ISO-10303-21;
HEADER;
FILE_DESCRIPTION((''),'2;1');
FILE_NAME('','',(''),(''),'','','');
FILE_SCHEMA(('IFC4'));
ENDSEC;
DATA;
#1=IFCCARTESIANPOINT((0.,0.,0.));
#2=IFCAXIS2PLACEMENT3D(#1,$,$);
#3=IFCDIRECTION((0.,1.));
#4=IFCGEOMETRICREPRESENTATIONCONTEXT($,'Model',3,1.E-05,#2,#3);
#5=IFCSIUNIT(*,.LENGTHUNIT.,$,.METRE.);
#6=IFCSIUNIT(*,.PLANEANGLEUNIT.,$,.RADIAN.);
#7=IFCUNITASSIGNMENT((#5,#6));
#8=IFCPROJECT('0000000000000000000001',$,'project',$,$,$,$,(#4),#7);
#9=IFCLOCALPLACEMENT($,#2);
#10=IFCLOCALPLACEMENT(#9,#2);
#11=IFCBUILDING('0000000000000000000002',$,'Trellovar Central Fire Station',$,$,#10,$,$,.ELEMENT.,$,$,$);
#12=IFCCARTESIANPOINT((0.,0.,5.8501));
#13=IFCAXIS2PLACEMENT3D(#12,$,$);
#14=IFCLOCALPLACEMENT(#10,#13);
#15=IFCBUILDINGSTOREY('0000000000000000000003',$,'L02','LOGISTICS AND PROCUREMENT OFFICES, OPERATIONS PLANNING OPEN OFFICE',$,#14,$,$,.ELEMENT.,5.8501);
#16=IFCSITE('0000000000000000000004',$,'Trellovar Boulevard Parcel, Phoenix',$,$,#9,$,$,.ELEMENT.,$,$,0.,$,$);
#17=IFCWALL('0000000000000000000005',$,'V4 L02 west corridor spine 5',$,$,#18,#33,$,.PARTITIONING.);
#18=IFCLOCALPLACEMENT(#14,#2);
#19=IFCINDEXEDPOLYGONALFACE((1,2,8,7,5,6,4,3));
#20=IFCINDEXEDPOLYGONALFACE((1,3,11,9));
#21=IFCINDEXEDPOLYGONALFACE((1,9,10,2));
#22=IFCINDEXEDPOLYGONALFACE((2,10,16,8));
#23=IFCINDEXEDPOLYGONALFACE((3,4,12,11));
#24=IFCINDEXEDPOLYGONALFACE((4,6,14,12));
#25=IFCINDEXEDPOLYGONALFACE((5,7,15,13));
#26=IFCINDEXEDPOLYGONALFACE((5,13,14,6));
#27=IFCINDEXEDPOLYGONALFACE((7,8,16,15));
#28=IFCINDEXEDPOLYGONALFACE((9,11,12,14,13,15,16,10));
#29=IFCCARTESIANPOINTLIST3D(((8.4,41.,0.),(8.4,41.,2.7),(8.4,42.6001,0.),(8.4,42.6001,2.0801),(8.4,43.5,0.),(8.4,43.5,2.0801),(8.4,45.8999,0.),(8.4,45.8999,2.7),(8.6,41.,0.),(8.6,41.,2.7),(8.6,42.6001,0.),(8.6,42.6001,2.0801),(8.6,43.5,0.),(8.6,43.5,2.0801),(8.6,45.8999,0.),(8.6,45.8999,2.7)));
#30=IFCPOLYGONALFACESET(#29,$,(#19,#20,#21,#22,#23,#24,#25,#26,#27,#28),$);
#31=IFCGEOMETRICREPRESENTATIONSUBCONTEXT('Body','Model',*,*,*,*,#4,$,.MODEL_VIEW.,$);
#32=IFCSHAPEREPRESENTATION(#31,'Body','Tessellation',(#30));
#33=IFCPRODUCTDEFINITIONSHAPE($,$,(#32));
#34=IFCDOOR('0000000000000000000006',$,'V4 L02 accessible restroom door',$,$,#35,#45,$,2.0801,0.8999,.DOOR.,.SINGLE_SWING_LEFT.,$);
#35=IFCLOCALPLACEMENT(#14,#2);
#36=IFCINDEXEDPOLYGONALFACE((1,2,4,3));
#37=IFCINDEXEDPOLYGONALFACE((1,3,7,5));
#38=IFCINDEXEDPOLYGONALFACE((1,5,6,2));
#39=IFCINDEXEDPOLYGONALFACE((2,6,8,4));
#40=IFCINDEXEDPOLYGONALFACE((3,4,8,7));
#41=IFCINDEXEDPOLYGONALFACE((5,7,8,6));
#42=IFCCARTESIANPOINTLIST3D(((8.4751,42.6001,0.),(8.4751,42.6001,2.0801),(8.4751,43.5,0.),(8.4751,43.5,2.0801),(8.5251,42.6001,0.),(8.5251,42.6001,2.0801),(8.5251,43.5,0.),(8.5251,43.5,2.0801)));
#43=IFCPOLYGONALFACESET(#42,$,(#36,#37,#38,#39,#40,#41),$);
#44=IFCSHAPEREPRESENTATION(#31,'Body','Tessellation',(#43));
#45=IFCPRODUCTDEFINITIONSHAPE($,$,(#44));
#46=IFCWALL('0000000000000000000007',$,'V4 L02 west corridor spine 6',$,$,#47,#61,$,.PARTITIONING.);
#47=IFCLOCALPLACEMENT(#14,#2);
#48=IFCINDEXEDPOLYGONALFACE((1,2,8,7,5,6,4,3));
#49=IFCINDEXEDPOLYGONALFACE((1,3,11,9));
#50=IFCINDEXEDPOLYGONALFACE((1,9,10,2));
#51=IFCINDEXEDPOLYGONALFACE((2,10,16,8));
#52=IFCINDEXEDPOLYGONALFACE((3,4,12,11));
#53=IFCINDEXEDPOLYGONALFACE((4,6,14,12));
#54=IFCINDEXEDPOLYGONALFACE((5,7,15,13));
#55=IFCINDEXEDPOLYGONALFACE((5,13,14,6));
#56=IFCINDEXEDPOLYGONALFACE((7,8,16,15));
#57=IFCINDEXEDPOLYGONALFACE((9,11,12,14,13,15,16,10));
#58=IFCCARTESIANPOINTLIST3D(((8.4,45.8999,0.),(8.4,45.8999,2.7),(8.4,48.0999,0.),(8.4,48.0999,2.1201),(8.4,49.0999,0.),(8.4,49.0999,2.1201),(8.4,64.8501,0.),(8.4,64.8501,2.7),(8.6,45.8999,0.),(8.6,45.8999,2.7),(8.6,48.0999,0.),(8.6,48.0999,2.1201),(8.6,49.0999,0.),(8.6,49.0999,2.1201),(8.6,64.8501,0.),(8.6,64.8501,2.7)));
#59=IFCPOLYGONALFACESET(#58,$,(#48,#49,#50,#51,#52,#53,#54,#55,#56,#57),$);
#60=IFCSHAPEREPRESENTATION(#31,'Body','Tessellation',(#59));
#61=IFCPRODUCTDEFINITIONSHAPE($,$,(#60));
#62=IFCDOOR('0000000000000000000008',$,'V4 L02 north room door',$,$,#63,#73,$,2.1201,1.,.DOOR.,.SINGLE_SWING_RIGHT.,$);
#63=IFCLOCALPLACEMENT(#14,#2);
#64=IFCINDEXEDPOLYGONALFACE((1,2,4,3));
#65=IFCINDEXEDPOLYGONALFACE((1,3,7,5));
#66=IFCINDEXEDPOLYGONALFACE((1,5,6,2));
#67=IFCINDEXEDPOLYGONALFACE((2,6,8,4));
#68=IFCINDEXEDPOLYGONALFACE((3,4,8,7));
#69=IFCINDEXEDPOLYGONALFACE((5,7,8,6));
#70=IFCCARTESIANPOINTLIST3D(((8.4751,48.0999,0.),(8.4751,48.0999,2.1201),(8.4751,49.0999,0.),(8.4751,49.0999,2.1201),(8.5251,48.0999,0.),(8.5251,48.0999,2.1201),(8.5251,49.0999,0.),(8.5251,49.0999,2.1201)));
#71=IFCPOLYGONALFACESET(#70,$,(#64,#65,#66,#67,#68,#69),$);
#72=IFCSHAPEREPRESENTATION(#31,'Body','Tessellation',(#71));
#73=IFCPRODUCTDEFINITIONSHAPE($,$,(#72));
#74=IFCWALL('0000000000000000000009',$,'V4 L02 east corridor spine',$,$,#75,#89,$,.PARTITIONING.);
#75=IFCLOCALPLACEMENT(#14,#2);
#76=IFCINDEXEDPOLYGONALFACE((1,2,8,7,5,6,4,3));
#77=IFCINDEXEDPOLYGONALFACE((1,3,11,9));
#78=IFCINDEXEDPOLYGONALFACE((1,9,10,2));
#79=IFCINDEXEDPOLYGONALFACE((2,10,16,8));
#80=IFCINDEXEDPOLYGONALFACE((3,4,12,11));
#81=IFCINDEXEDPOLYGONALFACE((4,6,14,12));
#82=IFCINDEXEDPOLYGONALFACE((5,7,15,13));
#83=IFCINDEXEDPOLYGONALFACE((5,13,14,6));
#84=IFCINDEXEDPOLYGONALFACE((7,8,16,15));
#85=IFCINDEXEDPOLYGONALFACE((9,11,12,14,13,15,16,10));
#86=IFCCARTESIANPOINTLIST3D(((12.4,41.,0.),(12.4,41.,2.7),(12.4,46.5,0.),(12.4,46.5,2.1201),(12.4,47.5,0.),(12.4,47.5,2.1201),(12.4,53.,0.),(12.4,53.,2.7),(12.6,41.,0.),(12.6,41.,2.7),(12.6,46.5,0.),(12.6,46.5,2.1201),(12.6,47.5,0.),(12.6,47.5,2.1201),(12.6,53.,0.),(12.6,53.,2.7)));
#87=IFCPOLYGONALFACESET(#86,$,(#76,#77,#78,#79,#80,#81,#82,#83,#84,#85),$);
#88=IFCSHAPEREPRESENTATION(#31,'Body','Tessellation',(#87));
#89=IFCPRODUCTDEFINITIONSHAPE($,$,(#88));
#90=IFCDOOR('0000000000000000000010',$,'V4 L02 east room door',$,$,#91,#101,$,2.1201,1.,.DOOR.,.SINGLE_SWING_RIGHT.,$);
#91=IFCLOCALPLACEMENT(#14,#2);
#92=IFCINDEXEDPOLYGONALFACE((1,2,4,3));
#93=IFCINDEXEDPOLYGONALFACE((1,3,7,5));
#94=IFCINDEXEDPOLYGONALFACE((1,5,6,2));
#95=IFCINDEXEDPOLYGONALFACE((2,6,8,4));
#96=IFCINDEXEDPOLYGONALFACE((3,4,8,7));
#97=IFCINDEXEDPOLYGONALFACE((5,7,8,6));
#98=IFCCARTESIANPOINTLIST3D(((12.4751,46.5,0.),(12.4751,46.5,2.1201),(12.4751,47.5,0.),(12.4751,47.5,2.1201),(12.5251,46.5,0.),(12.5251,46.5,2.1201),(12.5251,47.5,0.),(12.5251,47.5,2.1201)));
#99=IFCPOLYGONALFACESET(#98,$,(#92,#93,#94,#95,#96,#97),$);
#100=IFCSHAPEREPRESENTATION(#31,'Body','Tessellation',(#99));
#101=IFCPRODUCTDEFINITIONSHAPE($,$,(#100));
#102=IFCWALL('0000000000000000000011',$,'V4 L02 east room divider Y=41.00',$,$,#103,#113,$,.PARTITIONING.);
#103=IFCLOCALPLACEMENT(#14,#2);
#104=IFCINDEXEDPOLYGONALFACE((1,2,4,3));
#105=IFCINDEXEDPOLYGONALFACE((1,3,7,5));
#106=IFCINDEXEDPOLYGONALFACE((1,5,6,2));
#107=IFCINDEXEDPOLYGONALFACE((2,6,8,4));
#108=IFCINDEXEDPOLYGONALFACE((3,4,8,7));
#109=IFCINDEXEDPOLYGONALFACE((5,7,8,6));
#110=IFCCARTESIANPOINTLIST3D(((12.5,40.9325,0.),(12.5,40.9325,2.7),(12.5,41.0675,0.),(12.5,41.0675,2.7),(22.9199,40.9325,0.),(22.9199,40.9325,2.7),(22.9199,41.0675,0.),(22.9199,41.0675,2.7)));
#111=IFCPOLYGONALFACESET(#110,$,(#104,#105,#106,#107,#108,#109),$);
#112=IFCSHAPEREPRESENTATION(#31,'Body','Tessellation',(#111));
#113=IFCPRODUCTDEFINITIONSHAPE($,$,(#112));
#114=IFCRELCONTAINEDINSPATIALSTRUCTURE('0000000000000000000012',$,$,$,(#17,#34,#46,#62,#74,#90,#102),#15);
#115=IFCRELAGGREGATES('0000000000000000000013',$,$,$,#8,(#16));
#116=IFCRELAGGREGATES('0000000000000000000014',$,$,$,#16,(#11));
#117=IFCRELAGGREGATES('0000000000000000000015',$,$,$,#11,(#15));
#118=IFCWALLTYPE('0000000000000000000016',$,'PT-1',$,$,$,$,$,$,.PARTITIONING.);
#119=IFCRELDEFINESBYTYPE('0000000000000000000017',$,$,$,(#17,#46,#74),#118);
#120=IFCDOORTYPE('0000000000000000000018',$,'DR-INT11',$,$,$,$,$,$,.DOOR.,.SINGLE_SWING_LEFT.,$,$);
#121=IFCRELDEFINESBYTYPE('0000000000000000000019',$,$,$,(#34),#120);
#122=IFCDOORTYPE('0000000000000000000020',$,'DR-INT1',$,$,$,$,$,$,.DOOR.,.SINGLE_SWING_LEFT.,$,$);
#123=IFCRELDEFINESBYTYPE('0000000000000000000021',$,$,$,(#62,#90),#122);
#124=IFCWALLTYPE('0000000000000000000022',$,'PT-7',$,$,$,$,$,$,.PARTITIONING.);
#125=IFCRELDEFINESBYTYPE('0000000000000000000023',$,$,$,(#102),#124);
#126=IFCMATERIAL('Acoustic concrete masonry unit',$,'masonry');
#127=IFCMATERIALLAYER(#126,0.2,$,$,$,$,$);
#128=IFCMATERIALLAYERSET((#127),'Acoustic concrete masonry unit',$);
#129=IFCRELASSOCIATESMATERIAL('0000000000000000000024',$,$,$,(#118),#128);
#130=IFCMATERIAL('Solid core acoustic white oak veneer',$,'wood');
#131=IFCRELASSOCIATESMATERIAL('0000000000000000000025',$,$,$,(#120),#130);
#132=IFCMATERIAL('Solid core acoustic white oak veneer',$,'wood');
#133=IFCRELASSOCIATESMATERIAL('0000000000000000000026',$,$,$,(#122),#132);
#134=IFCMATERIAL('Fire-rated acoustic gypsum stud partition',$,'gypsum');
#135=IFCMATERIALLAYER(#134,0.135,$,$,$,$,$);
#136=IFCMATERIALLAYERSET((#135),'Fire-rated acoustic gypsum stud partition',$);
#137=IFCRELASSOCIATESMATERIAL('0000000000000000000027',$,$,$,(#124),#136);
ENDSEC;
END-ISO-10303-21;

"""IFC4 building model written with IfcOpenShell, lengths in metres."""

from ifc_helpers import new_model, si_unit, direction, frame, frame_2d, origin, place, context, subcontext, project, spatial, rectangle, extrude, material, layer, layer_set, type_object, element, fill, save


model = new_model("IFC4")

# Units and contexts
model_context = context("Model", 3, precision=1e-05, world=origin(), true_north=direction((0.0, 1.0)))
body_context = subcontext(model_context, "Body", "Model", "MODEL_VIEW")
ifc_project = project(units=[si_unit("LENGTHUNIT", "METRE"), si_unit("PLANEANGLEUNIT", "RADIAN")], contexts=[model_context])

# Site, building, storey
site_placement = place(None, origin())
site = spatial("IfcSite", under=ifc_project, at=site_placement, Name="Trellovar Boulevard Parcel, Phoenix", CompositionType="ELEMENT", RefElevation=0.0)
building_placement = place(site_placement, origin())
building = spatial("IfcBuilding", under=site, at=building_placement, Name="Trellovar Central Fire Station", CompositionType="ELEMENT")
storey_placement = place(building_placement, frame((0.0, 0.0, 5.8501)))
storey = spatial("IfcBuildingStorey", under=building, at=storey_placement, Name="L02", Description="LOGISTICS AND PROCUREMENT OFFICES, OPERATIONS PLANNING OPEN OFFICE", CompositionType="ELEMENT", Elevation=5.8501)

# Walls, openings, doors
ifc_material_1 = material(Name="Acoustic concrete masonry unit", Category="masonry")
ifc_layer_1 = layer(ifc_material_1, 0.2)
ifc_layer_set_1 = layer_set([ifc_layer_1], Name="Acoustic concrete masonry unit")
wall_type_1 = type_object("IfcWallType", Name="PT-1", PredefinedType="PARTITIONING", material=ifc_layer_set_1)
wall_1_placement = place(storey_placement, frame((8.5, 41.0, 0.0), z_axis=(0.0, 0.0, 1.0), x_axis=(0.0, 1.0, 0.0)))
wall_1 = element("IfcWall", 1, at=wall_1_placement, inside=storey, type_object=wall_type_1, Name="V4 L02 west corridor spine 5", PredefinedType="PARTITIONING", context=body_context, shape_type="SweptSolid", body=[
    extrude(rectangle(XDim=4.8999, YDim=0.2, at=frame_2d((2.45, 0.0))), origin(), (0.0, 0.0, 1.0), 2.7),
])
opening_1_placement = place(wall_1_placement, frame((1.6001, 0.0, 0.0)))
opening_1 = element("IfcOpeningElement", 2, at=opening_1_placement, cuts=wall_1, PredefinedType="OPENING", context=body_context, shape_type="SweptSolid", body=[
    extrude(rectangle(XDim=0.8999, YDim=2.0801, at=frame_2d((0.45, 1.04))), frame((0.0, 0.1099, 0.0), z_axis=(0.0, -1.0, 0.0), x_axis=(1.0, 0.0, 0.0)), (0.0, 0.0, 1.0), 0.22),
])
ifc_material_2 = material(Name="Solid core acoustic white oak veneer", Category="wood")
door_type_1 = type_object("IfcDoorType", Name="DR-INT11", OperationType="SINGLE_SWING_LEFT", PredefinedType="DOOR", material=ifc_material_2)
door_1_placement = place(opening_1_placement, origin())
door_1 = element("IfcDoor", 3, at=door_1_placement, inside=storey, type_object=door_type_1, Name="V4 L02 accessible restroom door", OperationType="SINGLE_SWING_LEFT", OverallHeight=2.0801, OverallWidth=0.8999, PredefinedType="DOOR", context=body_context, shape_type="SweptSolid", body=[
    extrude(rectangle(XDim=0.8999, YDim=2.0801, at=frame_2d((0.45, 1.04))), frame((0.0, 0.0249, 0.0), z_axis=(0.0, -1.0, 0.0), x_axis=(1.0, 0.0, 0.0)), (0.0, 0.0, 1.0), 0.05),
])
fill(opening_1, door_1)
wall_2_placement = place(storey_placement, frame((8.5, 45.8999, 0.0), z_axis=(0.0, 0.0, 1.0), x_axis=(0.0, 1.0, 0.0)))
wall_2 = element("IfcWall", 4, at=wall_2_placement, inside=storey, type_object=wall_type_1, Name="V4 L02 west corridor spine 6", PredefinedType="PARTITIONING", context=body_context, shape_type="SweptSolid", body=[
    extrude(rectangle(XDim=18.9502, YDim=0.2, at=frame_2d((9.4751, 0.0))), origin(), (0.0, 0.0, 1.0), 2.7),
])
opening_2_placement = place(wall_2_placement, frame((2.2, 0.0, 0.0)))
opening_2 = element("IfcOpeningElement", 5, at=opening_2_placement, cuts=wall_2, PredefinedType="OPENING", context=body_context, shape_type="SweptSolid", body=[
    extrude(rectangle(XDim=1.0, YDim=2.1201, at=frame_2d((0.5, 1.0601))), frame((0.0, 0.1099, 0.0), z_axis=(0.0, -1.0, 0.0), x_axis=(1.0, 0.0, 0.0)), (0.0, 0.0, 1.0), 0.22),
])
ifc_material_3 = material(Name="Solid core acoustic white oak veneer", Category="wood")
door_type_2 = type_object("IfcDoorType", Name="DR-INT1", OperationType="SINGLE_SWING_LEFT", PredefinedType="DOOR", material=ifc_material_3)
door_2_placement = place(opening_2_placement, origin())
door_2 = element("IfcDoor", 6, at=door_2_placement, inside=storey, type_object=door_type_2, Name="V4 L02 north room door", OperationType="SINGLE_SWING_RIGHT", OverallHeight=2.1201, OverallWidth=1.0, PredefinedType="DOOR", context=body_context, shape_type="SweptSolid", body=[
    extrude(rectangle(XDim=1.0, YDim=2.1201, at=frame_2d((0.5, 1.0601))), frame((0.0, 0.0249, 0.0), z_axis=(0.0, -1.0, 0.0), x_axis=(1.0, 0.0, 0.0)), (0.0, 0.0, 1.0), 0.05),
])
fill(opening_2, door_2)
wall_3_placement = place(storey_placement, frame((12.5, 41.0, 0.0), z_axis=(0.0, 0.0, 1.0), x_axis=(0.0, 1.0, 0.0)))
wall_3 = element("IfcWall", 7, at=wall_3_placement, inside=storey, type_object=wall_type_1, Name="V4 L02 east corridor spine", PredefinedType="PARTITIONING", context=body_context, shape_type="SweptSolid", body=[
    extrude(rectangle(XDim=12.0, YDim=0.2, at=frame_2d((6.0, 0.0))), origin(), (0.0, 0.0, 1.0), 2.7),
])
opening_3_placement = place(wall_3_placement, frame((5.5, 0.0, 0.0)))
opening_3 = element("IfcOpeningElement", 8, at=opening_3_placement, cuts=wall_3, PredefinedType="OPENING", context=body_context, shape_type="SweptSolid", body=[
    extrude(rectangle(XDim=1.0, YDim=2.1201, at=frame_2d((0.5, 1.0601))), frame((0.0, 0.1099, 0.0), z_axis=(0.0, -1.0, 0.0), x_axis=(1.0, 0.0, 0.0)), (0.0, 0.0, 1.0), 0.22),
])
door_3_placement = place(opening_3_placement, origin())
door_3 = element("IfcDoor", 9, at=door_3_placement, inside=storey, type_object=door_type_2, Name="V4 L02 east room door", OperationType="SINGLE_SWING_RIGHT", OverallHeight=2.1201, OverallWidth=1.0, PredefinedType="DOOR", context=body_context, shape_type="SweptSolid", body=[
    extrude(rectangle(XDim=1.0, YDim=2.1201, at=frame_2d((0.5, 1.0601))), frame((0.0, 0.0249, 0.0), z_axis=(0.0, -1.0, 0.0), x_axis=(1.0, 0.0, 0.0)), (0.0, 0.0, 1.0), 0.05),
])
fill(opening_3, door_3)

# Wall
ifc_material_4 = material(Name="Fire-rated acoustic gypsum stud partition", Category="gypsum")
ifc_layer_2 = layer(ifc_material_4, 0.135)
ifc_layer_set_2 = layer_set([ifc_layer_2], Name="Fire-rated acoustic gypsum stud partition")
wall_type_2 = type_object("IfcWallType", Name="PT-7", PredefinedType="PARTITIONING", material=ifc_layer_set_2)
wall_4_placement = place(storey_placement, frame((12.5, 41.0, 0.0), z_axis=(0.0, 0.0, 1.0), x_axis=(1.0, 0.0, 0.0)))
element("IfcWall", 10, at=wall_4_placement, inside=storey, type_object=wall_type_2, Name="V4 L02 east room divider Y=41.00", PredefinedType="PARTITIONING", context=body_context, shape_type="SweptSolid", body=[
    extrude(rectangle(XDim=10.4199, YDim=0.135, at=frame_2d((5.21, 0.0))), origin(), (0.0, 0.0, 1.0), 2.7),
])

save(model, "model.ifc")
